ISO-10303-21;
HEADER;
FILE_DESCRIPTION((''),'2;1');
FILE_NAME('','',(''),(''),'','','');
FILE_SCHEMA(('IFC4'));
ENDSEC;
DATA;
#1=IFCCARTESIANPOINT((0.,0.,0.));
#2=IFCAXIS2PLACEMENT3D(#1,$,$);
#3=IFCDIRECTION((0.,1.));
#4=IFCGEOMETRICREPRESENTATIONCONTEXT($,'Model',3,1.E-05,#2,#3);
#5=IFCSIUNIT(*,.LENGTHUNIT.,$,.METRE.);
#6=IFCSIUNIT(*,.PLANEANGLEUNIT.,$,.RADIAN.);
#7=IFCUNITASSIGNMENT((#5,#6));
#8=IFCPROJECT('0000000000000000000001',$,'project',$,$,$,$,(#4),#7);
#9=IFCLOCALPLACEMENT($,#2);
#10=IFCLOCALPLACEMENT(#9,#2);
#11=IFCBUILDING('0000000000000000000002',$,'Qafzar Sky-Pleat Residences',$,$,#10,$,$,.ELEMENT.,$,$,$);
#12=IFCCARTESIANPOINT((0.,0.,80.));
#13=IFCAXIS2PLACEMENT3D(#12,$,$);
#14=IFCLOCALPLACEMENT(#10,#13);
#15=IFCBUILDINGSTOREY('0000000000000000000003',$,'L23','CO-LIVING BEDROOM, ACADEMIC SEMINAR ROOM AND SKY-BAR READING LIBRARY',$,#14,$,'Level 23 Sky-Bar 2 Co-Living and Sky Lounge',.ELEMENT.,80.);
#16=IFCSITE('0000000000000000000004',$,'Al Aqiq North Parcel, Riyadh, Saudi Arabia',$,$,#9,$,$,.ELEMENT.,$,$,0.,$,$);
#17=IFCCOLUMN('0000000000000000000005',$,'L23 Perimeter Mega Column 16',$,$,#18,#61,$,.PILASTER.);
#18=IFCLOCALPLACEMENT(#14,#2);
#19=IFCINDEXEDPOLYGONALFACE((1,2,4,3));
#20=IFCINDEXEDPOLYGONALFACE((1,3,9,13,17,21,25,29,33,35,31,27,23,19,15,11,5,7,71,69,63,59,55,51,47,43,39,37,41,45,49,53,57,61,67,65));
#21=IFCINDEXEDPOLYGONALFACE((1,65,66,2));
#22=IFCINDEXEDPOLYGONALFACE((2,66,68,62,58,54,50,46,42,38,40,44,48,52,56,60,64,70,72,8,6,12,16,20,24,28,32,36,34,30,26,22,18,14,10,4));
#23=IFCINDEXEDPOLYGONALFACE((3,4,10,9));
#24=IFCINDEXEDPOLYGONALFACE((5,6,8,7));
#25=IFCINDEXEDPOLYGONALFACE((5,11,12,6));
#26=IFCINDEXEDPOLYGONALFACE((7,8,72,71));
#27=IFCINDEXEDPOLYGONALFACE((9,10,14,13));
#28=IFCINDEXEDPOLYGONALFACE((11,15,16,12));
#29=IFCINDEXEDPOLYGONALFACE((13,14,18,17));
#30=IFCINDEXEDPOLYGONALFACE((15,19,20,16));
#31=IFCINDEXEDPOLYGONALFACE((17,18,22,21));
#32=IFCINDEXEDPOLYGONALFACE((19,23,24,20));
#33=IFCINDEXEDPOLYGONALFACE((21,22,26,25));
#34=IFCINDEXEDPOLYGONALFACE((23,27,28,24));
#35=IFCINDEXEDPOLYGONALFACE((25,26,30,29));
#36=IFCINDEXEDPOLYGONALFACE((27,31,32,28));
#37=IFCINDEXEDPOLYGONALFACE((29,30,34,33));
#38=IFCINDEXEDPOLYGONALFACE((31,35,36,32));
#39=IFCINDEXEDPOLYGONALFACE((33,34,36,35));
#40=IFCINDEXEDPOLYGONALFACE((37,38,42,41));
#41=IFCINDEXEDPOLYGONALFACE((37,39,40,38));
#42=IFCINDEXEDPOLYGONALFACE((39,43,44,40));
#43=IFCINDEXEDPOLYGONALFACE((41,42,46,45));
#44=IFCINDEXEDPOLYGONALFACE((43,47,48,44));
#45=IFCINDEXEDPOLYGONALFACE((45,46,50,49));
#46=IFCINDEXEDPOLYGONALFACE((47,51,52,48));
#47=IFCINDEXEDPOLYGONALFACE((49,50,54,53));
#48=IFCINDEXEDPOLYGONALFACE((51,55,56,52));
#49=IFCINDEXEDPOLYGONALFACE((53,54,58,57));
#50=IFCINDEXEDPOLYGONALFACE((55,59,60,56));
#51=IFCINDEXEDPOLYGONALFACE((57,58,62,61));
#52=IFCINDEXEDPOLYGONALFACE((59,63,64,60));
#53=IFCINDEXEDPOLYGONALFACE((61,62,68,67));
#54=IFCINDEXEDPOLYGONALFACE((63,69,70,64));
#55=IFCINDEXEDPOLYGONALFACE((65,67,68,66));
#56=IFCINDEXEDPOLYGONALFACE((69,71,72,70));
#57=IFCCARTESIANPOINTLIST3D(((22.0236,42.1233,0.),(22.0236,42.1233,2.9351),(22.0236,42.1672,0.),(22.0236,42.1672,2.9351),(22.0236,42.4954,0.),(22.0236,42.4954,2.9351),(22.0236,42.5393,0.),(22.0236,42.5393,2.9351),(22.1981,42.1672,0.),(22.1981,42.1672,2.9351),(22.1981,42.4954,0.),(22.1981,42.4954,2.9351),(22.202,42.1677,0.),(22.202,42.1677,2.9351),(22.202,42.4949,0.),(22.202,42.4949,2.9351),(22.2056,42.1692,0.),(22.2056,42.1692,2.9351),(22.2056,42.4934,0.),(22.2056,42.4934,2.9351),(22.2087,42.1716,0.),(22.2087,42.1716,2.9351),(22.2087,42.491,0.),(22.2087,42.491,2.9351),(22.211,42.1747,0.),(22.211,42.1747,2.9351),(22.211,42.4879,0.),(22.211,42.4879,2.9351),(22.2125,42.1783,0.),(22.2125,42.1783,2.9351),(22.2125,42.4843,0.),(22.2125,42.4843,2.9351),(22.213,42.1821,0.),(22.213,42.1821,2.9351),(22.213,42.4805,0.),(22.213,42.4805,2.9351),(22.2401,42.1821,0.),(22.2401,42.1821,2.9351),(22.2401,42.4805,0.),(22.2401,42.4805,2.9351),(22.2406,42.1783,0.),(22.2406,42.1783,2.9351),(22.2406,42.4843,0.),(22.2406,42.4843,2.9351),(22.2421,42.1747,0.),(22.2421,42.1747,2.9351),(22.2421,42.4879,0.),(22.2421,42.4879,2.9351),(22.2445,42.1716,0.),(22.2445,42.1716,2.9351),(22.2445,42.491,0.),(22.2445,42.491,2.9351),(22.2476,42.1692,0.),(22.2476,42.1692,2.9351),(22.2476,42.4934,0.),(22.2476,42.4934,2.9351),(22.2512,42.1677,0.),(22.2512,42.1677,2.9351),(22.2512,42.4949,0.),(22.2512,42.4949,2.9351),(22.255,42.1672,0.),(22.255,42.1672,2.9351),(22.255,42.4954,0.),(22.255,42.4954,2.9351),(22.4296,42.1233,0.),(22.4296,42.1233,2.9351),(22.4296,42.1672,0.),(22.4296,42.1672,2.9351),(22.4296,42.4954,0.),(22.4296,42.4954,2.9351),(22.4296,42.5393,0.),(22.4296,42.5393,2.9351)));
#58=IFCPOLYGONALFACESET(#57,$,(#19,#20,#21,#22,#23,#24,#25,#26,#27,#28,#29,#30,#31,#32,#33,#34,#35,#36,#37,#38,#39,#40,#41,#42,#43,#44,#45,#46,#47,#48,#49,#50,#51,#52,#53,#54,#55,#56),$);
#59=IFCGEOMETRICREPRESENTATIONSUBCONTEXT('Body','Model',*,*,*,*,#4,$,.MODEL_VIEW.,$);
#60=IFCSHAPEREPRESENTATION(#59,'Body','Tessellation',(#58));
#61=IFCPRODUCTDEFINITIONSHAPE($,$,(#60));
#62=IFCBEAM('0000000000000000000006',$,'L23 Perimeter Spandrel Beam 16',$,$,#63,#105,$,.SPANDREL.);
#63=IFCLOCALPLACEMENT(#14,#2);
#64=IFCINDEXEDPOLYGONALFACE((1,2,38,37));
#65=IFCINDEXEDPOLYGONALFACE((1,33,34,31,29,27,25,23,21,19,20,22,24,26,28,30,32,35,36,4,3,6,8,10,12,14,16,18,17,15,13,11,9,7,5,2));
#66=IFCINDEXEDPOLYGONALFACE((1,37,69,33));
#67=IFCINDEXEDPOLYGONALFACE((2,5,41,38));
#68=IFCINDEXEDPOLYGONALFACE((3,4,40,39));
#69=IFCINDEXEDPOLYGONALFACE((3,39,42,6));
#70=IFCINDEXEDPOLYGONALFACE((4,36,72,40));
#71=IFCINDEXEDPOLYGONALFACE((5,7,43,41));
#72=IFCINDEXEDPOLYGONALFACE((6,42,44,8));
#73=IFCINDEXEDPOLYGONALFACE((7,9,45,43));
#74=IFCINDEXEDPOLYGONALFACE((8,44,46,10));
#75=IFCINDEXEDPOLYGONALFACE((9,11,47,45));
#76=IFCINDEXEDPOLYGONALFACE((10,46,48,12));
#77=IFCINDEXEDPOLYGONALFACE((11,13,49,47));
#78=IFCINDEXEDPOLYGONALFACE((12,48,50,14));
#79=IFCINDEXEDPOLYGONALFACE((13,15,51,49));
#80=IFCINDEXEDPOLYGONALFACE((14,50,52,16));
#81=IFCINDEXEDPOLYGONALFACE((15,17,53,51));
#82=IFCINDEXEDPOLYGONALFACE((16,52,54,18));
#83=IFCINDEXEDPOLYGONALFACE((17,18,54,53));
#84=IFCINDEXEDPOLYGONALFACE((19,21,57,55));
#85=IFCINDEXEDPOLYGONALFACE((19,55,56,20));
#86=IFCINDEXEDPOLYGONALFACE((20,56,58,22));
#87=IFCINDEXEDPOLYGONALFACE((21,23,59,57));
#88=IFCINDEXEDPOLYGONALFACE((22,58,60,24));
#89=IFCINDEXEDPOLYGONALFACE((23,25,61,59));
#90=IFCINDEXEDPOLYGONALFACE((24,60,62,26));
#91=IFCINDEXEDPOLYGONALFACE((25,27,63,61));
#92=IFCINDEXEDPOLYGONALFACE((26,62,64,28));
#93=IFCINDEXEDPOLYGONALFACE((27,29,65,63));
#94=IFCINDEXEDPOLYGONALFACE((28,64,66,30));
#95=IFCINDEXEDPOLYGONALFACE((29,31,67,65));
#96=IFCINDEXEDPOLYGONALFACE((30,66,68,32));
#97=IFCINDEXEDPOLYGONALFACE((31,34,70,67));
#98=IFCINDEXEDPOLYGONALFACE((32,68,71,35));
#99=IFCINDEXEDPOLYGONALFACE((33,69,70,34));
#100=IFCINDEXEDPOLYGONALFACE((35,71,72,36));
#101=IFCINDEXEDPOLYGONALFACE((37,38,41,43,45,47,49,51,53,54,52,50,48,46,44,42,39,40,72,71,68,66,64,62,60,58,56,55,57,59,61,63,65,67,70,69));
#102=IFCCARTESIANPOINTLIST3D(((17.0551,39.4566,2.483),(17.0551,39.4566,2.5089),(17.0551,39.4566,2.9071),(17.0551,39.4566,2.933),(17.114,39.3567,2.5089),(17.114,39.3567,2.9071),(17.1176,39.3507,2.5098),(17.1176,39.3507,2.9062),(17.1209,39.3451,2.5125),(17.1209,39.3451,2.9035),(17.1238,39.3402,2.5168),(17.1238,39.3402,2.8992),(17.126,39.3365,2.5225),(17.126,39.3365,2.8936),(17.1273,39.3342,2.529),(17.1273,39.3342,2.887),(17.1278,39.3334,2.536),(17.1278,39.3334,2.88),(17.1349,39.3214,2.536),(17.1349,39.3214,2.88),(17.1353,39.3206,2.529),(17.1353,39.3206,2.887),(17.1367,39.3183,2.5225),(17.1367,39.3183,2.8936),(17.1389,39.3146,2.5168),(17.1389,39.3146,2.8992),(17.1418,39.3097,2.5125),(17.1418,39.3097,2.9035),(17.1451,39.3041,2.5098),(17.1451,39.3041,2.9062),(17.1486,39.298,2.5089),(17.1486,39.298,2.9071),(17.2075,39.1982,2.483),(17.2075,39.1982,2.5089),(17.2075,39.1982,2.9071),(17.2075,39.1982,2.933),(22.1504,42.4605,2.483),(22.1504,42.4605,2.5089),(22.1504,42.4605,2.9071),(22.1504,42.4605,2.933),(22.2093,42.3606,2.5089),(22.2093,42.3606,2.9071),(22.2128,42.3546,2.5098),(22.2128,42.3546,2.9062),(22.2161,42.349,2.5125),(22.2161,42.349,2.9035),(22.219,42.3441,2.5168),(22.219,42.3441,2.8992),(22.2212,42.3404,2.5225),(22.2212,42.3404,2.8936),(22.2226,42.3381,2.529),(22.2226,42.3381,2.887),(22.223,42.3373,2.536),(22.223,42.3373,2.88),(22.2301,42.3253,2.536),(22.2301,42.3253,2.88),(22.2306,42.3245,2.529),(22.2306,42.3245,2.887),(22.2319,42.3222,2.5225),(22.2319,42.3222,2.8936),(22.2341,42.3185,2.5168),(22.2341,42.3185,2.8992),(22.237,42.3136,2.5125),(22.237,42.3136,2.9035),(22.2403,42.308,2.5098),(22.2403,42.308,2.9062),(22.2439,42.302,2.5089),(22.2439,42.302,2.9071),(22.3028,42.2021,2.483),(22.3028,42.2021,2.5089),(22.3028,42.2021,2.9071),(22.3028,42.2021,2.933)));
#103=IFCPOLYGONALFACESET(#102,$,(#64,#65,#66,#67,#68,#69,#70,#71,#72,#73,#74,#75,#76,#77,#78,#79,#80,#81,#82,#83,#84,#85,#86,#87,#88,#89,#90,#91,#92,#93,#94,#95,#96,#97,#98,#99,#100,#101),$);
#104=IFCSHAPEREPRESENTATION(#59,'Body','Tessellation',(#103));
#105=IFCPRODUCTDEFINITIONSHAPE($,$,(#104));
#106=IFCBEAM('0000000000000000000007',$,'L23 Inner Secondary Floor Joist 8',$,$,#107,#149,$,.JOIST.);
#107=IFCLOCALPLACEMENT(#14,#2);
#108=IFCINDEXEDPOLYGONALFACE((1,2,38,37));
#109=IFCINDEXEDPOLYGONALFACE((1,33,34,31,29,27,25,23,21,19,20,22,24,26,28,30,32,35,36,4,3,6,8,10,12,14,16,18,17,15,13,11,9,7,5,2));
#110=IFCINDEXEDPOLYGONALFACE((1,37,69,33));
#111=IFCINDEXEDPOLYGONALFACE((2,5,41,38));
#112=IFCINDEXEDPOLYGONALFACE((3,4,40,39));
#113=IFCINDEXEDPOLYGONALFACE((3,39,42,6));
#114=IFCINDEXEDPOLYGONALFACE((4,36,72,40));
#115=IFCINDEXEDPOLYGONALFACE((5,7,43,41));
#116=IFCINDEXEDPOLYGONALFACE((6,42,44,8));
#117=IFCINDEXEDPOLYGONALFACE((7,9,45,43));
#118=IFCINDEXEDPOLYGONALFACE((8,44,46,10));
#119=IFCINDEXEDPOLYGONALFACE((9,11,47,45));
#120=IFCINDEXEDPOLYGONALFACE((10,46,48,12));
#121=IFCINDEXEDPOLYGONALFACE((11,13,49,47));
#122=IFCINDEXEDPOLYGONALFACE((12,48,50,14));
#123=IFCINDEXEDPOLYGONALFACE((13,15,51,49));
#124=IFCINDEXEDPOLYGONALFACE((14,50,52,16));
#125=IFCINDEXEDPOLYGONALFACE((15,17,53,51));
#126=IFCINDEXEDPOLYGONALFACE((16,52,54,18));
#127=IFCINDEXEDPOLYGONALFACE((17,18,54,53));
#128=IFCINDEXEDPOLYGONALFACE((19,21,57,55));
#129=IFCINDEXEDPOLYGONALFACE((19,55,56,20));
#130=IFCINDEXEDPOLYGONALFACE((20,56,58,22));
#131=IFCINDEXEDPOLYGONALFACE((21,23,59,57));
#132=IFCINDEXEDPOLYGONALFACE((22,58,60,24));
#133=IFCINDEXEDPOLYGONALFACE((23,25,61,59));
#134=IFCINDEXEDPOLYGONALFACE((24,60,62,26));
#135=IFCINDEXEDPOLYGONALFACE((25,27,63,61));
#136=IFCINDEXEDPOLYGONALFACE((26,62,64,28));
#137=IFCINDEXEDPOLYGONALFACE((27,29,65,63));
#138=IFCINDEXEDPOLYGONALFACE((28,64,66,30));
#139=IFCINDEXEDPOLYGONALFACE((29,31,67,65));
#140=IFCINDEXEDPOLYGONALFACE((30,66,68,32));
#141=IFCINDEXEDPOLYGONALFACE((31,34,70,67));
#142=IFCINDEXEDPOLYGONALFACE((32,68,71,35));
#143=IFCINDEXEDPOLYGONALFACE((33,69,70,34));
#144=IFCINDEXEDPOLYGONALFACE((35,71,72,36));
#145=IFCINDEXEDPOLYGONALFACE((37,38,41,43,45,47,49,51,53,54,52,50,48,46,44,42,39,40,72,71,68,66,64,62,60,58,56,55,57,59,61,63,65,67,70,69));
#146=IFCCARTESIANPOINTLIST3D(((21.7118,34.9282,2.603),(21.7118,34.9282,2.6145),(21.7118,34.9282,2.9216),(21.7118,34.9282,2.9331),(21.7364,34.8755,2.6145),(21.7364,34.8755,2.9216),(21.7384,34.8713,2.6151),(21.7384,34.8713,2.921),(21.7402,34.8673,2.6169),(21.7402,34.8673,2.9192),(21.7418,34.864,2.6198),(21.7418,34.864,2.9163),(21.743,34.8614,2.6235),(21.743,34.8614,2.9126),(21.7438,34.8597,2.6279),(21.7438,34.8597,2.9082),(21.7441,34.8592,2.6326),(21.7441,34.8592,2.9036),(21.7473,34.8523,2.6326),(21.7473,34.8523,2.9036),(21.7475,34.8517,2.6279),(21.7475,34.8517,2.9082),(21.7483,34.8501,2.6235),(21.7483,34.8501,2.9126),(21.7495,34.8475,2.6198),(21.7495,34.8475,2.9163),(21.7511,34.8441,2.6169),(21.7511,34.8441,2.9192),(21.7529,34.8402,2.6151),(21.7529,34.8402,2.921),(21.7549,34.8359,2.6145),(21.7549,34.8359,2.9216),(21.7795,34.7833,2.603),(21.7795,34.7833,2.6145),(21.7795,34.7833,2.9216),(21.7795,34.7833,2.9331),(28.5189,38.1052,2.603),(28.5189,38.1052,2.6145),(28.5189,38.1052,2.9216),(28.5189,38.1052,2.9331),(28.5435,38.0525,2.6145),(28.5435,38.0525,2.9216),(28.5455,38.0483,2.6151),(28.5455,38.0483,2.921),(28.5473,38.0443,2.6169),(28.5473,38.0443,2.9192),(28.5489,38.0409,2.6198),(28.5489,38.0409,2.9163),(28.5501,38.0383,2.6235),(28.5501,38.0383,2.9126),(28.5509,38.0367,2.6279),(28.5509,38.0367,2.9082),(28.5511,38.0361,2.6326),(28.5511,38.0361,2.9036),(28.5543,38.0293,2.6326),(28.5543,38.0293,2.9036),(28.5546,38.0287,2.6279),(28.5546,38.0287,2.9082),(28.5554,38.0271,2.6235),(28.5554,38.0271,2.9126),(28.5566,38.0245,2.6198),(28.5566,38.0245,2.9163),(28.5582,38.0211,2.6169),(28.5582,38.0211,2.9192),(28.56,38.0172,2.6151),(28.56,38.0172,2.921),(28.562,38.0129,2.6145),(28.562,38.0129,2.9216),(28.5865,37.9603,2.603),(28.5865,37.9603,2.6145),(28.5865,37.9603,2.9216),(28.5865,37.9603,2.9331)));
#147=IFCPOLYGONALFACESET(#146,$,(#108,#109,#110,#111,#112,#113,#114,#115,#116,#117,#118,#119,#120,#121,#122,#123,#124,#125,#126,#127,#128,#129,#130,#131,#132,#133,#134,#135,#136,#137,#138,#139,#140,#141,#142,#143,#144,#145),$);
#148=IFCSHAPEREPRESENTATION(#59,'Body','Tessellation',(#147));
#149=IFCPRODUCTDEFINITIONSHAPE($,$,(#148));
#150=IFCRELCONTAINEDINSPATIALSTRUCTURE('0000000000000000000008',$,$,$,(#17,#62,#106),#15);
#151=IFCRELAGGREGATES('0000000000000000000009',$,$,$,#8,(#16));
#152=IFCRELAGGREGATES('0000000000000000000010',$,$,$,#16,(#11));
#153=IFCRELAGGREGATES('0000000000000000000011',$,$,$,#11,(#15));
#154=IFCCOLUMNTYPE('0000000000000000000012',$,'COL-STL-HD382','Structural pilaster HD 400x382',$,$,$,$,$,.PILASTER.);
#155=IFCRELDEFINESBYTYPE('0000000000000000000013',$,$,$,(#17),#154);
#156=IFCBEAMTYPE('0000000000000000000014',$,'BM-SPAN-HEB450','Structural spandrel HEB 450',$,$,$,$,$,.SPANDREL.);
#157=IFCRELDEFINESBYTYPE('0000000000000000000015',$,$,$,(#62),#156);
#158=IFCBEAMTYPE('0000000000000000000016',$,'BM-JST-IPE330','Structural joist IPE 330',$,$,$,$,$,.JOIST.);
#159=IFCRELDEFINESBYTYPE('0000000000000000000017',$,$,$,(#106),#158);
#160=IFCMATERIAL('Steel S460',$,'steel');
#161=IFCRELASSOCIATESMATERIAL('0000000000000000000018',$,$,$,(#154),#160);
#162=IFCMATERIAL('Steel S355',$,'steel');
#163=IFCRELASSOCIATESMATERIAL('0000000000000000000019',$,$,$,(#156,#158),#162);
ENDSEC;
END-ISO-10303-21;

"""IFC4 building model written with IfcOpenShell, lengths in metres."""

from ifc_helpers import new_model, si_unit, direction, frame, origin, origin_2d, place, context, subcontext, project, spatial, i_section, extrude, source, transform, mapped, material, material_profile, profile_set, type_object, element, save


model = new_model("IFC4")

# Units and contexts
model_context = context("Model", 3, precision=1e-05, world=origin(), true_north=direction((0.0, 1.0)))
body_context = subcontext(model_context, "Body", "Model", "MODEL_VIEW")
ifc_project = project(units=[si_unit("LENGTHUNIT", "METRE"), si_unit("PLANEANGLEUNIT", "RADIAN")], contexts=[model_context])

# Site, building, storey
site_placement = place(None, origin())
site = spatial("IfcSite", under=ifc_project, at=site_placement, Name="Al Aqiq North Parcel, Riyadh, Saudi Arabia", CompositionType="ELEMENT", RefElevation=0.0)
building_placement = place(site_placement, origin())
building = spatial("IfcBuilding", under=site, at=building_placement, Name="Qafzar Sky-Pleat Residences", CompositionType="ELEMENT")
storey_placement = place(building_placement, frame((0.0, 0.0, 80.0)))
storey = spatial("IfcBuildingStorey", under=building, at=storey_placement, Name="L23", Description="CO-LIVING BEDROOM, ACADEMIC SEMINAR ROOM AND SKY-BAR READING LIBRARY", LongName="Level 23 Sky-Bar 2 Co-Living and Sky Lounge", CompositionType="ELEMENT", Elevation=80.0)

# Column
ifc_material_1 = material(Name="Steel S460", Category="steel")
ifc_material_profile_1 = material_profile(ifc_material_1, i_section(OverallWidth=0.406, OverallDepth=0.416, WebThickness=0.0271, FlangeThickness=0.0439, FilletRadius=0.0149, at=origin_2d()), Name="HD 400x382")
ifc_profile_set_1 = profile_set([ifc_material_profile_1], Name="Steel S460")
column_type = type_object("IfcColumnType", Name="COL-STL-HD382", Description="Structural pilaster HD 400x382", PredefinedType="PILASTER", material=ifc_profile_set_1)
shared_shape_1 = source(origin(), body_context, "Body", "SweptSolid", [
    extrude(i_section(OverallWidth=0.406, OverallDepth=0.416, WebThickness=0.0271, FlangeThickness=0.0439, FilletRadius=0.0149, at=origin_2d()), origin(), (0.0, 0.0, 1.0), 2.9351),
])
column_placement = place(storey_placement, frame((22.2266, 42.3313, 0.0), z_axis=(0.0, 0.0, 1.0), x_axis=(1.0, 0.0, 0.0)))
element("IfcColumn", 1, at=column_placement, inside=storey, type_object=column_type, Name="L23 Perimeter Mega Column 16", PredefinedType="PILASTER", context=body_context, shape_type="MappedRepresentation", body=[
    mapped(shared_shape_1, transform((0.0, 0.0, 0.0), x_axis=(1.0, 0.0, 0.0), y_axis=(0.0, 1.0, 0.0), z_axis=(0.0, 0.0, 1.0), scale=1.0)),
])

# Beams
ifc_material_2 = material(Name="Steel S355", Category="steel")
ifc_material_profile_2 = material_profile(ifc_material_2, i_section(OverallWidth=0.3, OverallDepth=0.45, WebThickness=0.0139, FlangeThickness=0.0259, FilletRadius=0.0271, at=origin_2d()), Name="HEB 450")
ifc_profile_set_2 = profile_set([ifc_material_profile_2], Name="Steel S355")
beam_type_1 = type_object("IfcBeamType", Name="BM-SPAN-HEB450", Description="Structural spandrel HEB 450", PredefinedType="SPANDREL", material=ifc_profile_set_2)
shared_shape_2 = source(origin(), body_context, "Body", "SweptSolid", [
    extrude(i_section(OverallWidth=0.3, OverallDepth=0.45, WebThickness=0.0139, FlangeThickness=0.0259, FilletRadius=0.0271, at=origin_2d()), origin(), (0.0, 0.0, 1.0), 5.9148),
])
beam_1_placement = place(storey_placement, frame((22.2266, 42.3313, 2.708), z_axis=(-0.861437, -0.507864, 0.0), x_axis=(0.507864, -0.861437, 0.0)))
element("IfcBeam", 2, at=beam_1_placement, inside=storey, type_object=beam_type_1, Name="L23 Perimeter Spandrel Beam 16", PredefinedType="SPANDREL", context=body_context, shape_type="MappedRepresentation", body=[
    mapped(shared_shape_2, transform((0.0, 0.0, 0.0), x_axis=(1.0, 0.0, 0.0), y_axis=(0.0, 1.0, 0.0), z_axis=(0.0, 0.0, 1.0), scale=1.0)),
])
ifc_material_profile_3 = material_profile(ifc_material_2, i_section(OverallWidth=0.1599, OverallDepth=0.3301, WebThickness=0.0076, FlangeThickness=0.0115, FilletRadius=0.0181, at=origin_2d()), Name="IPE 330")
ifc_profile_set_3 = profile_set([ifc_material_profile_3], Name="Steel S355")
beam_type_2 = type_object("IfcBeamType", Name="BM-JST-IPE330", Description="Structural joist IPE 330", PredefinedType="JOIST", material=ifc_profile_set_3)
shared_shape_3 = source(origin(), body_context, "Body", "SweptSolid", [
    extrude(i_section(OverallWidth=0.1599, OverallDepth=0.3301, WebThickness=0.0076, FlangeThickness=0.0115, FilletRadius=0.0181, at=origin_2d()), origin(), (0.0, 0.0, 1.0), 7.512),
])
beam_2_placement = place(storey_placement, frame((28.5527, 38.0327, 2.7681), z_axis=(-0.906166, -0.422923, 0.0), x_axis=(0.422923, -0.906166, 0.0)))
element("IfcBeam", 3, at=beam_2_placement, inside=storey, type_object=beam_type_2, Name="L23 Inner Secondary Floor Joist 8", PredefinedType="JOIST", context=body_context, shape_type="MappedRepresentation", body=[
    mapped(shared_shape_3, transform((0.0, 0.0, 0.0), x_axis=(1.0, 0.0, 0.0), y_axis=(0.0, 1.0, 0.0), z_axis=(0.0, 0.0, 1.0), scale=1.0)),
])

save(model, "model.ifc")
